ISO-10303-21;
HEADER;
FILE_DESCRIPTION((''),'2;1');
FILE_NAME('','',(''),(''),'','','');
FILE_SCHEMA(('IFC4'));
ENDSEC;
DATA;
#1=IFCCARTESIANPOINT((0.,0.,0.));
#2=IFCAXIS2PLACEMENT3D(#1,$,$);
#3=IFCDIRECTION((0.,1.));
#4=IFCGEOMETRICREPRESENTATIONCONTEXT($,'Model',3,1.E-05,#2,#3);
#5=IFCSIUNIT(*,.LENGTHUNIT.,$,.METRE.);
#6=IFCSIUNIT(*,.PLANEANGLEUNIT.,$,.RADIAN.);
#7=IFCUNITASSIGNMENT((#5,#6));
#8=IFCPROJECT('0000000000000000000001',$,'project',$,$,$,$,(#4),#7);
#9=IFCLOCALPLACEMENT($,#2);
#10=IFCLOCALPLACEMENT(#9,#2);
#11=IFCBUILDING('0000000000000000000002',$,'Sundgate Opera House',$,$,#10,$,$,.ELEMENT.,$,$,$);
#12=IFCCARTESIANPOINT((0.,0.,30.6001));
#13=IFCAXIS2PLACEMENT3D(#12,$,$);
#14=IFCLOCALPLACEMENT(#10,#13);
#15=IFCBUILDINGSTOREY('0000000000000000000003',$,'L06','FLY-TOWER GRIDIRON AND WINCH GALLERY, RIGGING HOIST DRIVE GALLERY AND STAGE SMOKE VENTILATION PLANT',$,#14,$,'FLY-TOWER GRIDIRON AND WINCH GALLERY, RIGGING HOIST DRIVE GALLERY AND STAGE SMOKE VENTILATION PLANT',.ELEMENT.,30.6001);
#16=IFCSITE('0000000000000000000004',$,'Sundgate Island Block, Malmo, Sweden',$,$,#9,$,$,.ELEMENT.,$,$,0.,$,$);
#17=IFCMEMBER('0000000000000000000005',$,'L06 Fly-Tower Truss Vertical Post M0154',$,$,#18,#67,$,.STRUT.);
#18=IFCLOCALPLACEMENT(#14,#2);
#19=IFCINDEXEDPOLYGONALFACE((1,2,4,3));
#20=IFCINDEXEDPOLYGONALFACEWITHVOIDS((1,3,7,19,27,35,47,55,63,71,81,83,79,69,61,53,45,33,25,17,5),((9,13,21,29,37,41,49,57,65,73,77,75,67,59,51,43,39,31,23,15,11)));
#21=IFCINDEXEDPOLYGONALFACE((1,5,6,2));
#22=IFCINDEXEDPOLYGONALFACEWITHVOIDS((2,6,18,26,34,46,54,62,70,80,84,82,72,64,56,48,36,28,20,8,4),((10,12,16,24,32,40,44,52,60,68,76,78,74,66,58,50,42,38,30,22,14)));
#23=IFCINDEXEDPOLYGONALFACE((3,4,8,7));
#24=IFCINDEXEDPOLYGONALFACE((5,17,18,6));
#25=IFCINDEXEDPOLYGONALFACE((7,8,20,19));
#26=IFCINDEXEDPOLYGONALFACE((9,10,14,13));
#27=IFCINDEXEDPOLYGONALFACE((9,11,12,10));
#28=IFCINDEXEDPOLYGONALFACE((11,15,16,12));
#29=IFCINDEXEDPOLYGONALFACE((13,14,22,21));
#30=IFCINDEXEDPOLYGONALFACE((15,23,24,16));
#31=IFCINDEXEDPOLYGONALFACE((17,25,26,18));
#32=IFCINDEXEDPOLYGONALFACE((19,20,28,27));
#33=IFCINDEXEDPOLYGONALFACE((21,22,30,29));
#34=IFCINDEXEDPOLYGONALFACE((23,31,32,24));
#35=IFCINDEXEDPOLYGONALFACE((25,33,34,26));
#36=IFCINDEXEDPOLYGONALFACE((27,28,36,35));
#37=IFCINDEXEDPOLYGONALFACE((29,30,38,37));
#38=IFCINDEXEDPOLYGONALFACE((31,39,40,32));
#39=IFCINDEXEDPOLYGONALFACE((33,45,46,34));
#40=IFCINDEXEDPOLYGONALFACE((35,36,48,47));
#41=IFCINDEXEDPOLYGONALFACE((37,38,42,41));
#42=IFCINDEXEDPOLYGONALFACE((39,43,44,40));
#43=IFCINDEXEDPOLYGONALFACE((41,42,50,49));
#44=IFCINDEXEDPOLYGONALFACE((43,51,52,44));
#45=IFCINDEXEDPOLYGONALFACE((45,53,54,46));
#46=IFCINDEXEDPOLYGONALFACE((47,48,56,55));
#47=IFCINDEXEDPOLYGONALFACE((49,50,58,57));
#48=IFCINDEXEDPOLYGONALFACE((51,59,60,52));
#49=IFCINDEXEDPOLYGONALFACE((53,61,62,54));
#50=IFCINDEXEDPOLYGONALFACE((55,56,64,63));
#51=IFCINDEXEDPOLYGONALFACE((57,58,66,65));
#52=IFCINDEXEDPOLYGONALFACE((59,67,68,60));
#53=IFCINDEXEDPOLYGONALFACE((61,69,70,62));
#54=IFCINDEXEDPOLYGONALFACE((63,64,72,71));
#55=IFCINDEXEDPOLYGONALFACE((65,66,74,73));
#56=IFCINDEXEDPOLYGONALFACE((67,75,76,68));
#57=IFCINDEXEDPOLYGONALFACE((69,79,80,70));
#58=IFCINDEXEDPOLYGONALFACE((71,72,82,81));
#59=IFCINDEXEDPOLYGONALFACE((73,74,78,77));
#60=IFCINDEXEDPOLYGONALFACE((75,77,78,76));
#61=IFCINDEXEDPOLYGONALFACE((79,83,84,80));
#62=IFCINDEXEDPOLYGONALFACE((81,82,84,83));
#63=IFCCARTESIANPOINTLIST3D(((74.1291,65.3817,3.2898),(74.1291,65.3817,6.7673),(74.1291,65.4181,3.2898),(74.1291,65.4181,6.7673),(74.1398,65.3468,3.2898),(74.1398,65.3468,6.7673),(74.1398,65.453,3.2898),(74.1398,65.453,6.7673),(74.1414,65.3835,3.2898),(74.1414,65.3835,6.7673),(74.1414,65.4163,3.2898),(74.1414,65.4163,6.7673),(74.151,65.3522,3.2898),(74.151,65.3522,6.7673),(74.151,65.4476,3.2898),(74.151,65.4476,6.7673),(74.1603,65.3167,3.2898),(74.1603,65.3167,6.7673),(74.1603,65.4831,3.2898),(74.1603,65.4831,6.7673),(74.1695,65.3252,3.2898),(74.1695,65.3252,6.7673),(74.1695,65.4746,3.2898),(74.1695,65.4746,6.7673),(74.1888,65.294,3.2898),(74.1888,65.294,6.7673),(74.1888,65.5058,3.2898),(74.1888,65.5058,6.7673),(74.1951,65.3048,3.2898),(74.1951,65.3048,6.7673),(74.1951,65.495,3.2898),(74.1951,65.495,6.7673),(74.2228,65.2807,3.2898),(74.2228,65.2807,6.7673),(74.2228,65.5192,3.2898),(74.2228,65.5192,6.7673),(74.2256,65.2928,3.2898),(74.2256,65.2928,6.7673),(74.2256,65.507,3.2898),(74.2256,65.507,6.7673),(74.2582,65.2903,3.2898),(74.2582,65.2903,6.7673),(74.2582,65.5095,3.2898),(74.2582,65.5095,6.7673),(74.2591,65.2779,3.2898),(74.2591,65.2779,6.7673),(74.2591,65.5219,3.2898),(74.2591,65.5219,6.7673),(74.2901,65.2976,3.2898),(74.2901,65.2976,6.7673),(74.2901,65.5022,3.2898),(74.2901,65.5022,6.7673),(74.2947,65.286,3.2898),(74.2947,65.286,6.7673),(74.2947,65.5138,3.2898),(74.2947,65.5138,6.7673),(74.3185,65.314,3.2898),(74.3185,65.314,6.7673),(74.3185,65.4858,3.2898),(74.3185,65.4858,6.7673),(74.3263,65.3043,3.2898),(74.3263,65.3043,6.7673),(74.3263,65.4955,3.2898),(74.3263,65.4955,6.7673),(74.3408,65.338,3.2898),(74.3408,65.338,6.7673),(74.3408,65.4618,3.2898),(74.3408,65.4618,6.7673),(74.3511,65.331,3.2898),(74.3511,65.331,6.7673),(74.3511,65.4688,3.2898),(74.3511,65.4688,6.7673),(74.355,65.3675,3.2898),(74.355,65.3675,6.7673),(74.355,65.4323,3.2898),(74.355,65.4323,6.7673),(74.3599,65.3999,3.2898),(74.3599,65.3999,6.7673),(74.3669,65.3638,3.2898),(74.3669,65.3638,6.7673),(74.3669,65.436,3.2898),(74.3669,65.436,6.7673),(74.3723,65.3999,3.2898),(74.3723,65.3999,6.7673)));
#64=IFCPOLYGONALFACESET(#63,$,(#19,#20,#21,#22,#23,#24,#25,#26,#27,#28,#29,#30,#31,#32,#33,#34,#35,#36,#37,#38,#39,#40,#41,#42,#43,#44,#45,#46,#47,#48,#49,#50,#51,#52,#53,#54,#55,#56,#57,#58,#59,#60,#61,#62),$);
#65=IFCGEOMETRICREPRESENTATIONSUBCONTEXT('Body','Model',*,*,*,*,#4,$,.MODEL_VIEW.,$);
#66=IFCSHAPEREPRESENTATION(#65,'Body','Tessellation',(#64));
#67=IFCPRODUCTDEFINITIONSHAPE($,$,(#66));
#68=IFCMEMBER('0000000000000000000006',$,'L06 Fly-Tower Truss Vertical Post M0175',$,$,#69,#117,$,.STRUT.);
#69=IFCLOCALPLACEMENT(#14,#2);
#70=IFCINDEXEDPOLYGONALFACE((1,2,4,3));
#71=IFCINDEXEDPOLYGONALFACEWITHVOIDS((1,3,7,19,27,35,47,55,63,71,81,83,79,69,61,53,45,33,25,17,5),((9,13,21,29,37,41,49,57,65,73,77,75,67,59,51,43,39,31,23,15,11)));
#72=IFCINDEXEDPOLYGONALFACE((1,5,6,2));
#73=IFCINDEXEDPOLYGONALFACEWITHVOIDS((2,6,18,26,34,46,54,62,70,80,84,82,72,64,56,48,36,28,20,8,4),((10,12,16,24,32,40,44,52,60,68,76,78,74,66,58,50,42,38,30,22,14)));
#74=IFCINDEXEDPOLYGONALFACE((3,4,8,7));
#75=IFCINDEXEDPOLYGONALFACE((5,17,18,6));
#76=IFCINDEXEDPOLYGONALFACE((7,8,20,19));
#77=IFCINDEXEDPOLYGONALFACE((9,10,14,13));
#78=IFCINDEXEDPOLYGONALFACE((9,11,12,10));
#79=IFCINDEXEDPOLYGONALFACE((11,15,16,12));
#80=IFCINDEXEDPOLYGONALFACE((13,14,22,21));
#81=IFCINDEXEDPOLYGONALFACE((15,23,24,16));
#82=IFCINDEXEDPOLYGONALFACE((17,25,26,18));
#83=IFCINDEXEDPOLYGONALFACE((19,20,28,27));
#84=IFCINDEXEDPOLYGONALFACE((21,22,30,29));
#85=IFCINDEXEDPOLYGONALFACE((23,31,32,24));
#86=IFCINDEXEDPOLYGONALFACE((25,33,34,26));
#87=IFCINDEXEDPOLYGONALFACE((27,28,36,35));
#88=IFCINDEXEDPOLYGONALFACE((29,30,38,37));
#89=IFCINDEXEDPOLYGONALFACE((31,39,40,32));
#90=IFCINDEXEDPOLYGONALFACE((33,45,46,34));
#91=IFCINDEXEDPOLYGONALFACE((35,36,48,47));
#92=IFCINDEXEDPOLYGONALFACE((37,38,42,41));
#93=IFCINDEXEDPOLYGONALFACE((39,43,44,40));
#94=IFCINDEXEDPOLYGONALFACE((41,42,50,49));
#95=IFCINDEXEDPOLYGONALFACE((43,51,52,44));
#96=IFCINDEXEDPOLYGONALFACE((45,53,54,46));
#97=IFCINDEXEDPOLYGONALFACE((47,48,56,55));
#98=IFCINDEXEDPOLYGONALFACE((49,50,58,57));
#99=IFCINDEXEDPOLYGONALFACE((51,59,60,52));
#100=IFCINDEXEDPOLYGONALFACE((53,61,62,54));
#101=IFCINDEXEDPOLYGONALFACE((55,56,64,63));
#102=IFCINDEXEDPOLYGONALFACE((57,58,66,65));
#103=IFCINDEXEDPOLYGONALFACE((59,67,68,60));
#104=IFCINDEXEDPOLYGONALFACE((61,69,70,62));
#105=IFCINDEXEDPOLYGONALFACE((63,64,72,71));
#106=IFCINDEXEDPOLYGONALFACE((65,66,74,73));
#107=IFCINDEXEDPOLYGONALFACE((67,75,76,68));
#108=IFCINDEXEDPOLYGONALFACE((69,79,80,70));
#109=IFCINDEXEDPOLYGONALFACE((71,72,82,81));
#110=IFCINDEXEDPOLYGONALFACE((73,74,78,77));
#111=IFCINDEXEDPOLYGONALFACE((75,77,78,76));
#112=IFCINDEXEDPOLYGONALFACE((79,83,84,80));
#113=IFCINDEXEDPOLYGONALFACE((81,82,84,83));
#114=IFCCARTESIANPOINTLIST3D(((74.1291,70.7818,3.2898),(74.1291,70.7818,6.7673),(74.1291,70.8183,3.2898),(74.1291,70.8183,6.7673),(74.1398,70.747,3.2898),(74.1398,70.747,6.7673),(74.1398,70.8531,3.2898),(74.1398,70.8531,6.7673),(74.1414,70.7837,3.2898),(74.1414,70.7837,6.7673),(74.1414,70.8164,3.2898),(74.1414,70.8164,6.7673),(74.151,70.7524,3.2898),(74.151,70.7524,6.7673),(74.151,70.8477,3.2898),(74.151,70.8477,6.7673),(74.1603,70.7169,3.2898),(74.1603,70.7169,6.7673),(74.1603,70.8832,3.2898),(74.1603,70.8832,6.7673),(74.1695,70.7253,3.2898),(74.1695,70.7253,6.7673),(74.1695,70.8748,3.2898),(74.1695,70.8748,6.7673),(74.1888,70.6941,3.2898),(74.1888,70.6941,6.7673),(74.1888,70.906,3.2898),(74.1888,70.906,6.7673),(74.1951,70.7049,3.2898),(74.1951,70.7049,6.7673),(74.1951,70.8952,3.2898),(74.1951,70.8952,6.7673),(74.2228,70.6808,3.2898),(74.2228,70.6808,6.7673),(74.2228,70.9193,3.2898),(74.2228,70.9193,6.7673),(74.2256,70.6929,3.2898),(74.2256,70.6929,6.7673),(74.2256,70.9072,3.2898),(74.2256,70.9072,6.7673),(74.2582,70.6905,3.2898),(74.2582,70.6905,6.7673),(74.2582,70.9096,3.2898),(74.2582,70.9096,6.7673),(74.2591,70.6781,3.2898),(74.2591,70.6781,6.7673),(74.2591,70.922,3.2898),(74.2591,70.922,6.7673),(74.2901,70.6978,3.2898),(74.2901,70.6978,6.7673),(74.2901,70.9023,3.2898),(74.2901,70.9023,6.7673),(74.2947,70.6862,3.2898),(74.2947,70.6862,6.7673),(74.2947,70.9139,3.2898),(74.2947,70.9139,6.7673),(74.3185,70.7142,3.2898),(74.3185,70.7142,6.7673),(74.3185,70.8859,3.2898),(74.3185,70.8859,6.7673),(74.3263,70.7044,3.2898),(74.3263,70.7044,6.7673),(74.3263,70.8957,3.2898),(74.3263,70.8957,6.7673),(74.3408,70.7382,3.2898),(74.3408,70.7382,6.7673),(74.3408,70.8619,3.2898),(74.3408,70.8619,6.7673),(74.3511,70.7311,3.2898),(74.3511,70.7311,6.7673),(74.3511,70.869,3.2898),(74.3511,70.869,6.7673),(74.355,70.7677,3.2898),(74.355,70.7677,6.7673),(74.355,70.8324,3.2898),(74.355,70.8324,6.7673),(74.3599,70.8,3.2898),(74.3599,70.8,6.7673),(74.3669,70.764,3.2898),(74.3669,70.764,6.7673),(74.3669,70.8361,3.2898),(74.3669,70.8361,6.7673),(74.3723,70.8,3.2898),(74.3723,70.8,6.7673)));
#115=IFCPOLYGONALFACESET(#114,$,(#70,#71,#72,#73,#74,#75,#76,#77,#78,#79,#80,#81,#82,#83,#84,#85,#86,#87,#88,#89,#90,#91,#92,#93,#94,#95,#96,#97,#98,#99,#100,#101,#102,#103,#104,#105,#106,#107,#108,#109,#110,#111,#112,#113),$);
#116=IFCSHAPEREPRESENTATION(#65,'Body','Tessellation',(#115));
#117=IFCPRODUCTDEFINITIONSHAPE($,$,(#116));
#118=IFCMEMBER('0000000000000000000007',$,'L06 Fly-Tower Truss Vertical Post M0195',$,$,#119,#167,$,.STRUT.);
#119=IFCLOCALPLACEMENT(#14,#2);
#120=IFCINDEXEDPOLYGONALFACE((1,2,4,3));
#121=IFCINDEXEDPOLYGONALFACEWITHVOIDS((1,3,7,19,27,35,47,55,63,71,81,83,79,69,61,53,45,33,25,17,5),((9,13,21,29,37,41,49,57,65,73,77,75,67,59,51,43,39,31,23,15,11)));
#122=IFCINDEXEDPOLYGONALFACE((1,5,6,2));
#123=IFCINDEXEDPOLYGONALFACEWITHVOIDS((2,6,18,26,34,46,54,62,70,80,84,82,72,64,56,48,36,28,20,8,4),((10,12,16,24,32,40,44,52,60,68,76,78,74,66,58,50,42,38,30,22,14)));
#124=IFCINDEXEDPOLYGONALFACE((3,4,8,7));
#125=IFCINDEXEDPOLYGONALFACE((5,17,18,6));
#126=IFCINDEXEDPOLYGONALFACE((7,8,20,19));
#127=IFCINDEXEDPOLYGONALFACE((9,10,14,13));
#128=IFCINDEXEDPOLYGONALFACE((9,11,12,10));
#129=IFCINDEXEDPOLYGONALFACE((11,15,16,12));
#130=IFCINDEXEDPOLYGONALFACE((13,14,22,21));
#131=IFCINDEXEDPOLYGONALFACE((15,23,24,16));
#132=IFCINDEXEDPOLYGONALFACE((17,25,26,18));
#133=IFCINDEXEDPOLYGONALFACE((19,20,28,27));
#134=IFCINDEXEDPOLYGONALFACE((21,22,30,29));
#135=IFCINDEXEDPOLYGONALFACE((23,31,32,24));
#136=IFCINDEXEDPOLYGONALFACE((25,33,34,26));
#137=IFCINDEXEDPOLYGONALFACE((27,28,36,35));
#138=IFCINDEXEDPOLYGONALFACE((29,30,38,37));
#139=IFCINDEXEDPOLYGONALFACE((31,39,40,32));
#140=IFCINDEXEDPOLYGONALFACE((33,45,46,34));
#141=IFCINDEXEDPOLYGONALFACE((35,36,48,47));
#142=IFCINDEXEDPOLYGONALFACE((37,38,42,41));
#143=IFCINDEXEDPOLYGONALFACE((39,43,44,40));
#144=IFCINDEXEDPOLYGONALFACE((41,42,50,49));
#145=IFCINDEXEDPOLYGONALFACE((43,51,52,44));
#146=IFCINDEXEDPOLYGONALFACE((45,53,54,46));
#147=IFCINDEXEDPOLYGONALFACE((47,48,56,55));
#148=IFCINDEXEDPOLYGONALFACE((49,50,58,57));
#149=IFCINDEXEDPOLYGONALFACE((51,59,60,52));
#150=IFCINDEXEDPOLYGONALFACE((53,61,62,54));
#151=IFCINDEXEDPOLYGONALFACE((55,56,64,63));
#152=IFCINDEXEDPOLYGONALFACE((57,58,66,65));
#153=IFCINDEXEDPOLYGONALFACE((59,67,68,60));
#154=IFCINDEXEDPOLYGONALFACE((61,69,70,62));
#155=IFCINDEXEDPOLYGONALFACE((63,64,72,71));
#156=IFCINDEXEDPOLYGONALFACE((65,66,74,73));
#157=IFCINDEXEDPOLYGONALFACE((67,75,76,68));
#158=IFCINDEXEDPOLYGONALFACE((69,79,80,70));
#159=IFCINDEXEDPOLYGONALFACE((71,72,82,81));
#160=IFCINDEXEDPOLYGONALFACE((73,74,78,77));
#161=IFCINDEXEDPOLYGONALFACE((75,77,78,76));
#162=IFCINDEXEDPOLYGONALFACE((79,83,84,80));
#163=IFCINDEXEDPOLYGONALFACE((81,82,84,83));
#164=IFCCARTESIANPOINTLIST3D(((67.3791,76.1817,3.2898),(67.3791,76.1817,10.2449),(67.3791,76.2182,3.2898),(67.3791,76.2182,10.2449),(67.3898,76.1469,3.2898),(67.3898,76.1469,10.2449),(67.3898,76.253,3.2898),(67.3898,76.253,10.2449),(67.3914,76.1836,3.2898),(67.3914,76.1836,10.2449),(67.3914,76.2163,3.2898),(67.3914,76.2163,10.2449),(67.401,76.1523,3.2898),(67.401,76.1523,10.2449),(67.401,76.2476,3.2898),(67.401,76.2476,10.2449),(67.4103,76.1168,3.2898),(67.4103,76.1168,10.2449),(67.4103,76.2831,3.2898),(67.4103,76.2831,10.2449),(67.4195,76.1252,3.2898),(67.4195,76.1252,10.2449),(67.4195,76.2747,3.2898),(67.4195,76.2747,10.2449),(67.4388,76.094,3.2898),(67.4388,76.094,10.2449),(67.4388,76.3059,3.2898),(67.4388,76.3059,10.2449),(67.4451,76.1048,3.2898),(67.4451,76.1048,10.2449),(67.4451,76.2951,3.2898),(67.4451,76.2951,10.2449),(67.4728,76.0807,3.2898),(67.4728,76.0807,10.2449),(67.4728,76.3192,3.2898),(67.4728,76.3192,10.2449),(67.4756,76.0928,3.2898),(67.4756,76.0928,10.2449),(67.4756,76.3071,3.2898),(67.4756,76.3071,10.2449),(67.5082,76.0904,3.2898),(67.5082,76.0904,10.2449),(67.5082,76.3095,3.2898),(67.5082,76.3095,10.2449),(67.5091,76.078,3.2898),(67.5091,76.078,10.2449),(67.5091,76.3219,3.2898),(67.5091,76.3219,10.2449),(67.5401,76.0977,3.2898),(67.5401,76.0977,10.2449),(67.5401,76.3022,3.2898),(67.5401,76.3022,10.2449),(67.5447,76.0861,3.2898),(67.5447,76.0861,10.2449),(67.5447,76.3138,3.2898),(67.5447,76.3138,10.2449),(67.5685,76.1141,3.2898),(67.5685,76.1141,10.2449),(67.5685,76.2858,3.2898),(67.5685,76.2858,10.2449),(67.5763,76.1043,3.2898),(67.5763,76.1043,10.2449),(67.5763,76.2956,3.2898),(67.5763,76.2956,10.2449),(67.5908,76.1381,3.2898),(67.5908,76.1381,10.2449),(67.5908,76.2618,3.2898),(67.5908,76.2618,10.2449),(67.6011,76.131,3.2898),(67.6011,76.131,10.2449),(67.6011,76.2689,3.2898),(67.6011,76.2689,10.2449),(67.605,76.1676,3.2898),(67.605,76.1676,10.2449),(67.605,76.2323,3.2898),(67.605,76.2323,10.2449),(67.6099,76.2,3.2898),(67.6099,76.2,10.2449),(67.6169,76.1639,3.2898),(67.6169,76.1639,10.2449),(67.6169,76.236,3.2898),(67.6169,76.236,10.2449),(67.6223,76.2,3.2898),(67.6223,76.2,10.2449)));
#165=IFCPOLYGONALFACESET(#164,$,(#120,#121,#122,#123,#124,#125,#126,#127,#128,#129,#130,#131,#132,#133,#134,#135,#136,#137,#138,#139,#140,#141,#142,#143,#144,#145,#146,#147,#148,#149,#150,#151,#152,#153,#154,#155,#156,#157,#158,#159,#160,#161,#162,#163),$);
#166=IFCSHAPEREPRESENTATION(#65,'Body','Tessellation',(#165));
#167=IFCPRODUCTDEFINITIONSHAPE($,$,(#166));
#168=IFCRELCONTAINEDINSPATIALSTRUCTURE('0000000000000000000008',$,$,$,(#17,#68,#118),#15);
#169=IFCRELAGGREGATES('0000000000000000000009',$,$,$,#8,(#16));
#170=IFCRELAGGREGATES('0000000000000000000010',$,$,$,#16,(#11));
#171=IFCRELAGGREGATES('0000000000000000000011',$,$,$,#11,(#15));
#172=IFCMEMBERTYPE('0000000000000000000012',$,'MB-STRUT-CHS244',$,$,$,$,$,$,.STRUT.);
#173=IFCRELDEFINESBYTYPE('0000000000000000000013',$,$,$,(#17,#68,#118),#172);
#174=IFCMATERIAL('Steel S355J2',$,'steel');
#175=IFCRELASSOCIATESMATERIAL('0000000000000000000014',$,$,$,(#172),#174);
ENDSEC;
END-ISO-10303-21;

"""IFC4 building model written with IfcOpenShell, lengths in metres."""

from ifc_helpers import new_model, si_unit, direction, frame, origin, origin_2d, place, context, subcontext, project, spatial, hollow_circle, extrude, material, material_profile, profile_set, type_object, element, save


model = new_model("IFC4")

# Units and contexts
model_context = context("Model", 3, precision=1e-05, world=origin(), true_north=direction((0.0, 1.0)))
body_context = subcontext(model_context, "Body", "Model", "MODEL_VIEW")
ifc_project = project(units=[si_unit("LENGTHUNIT", "METRE"), si_unit("PLANEANGLEUNIT", "RADIAN")], contexts=[model_context])

# Site, building, storey
site_placement = place(None, origin())
site = spatial("IfcSite", under=ifc_project, at=site_placement, Name="Sundgate Island Block, Malmo, Sweden", CompositionType="ELEMENT", RefElevation=0.0)
building_placement = place(site_placement, origin())
building = spatial("IfcBuilding", under=site, at=building_placement, Name="Sundgate Opera House", CompositionType="ELEMENT")
storey_placement = place(building_placement, frame((0.0, 0.0, 30.6001)))
storey = spatial("IfcBuildingStorey", under=building, at=storey_placement, Name="L06", Description="FLY-TOWER GRIDIRON AND WINCH GALLERY, RIGGING HOIST DRIVE GALLERY AND STAGE SMOKE VENTILATION PLANT", LongName="FLY-TOWER GRIDIRON AND WINCH GALLERY, RIGGING HOIST DRIVE GALLERY AND STAGE SMOKE VENTILATION PLANT", CompositionType="ELEMENT", Elevation=30.6001)

# Members
ifc_material_1 = material(Name="Steel S355J2", Category="steel")
ifc_material_profile_1 = material_profile(ifc_material_1, hollow_circle(Radius=0.1223, WallThickness=0.0125, at=origin_2d()), Name="CHS 244.5x12.5")
ifc_profile_set_1 = profile_set([ifc_material_profile_1], Name="Steel S355J2")
member_type_1 = type_object("IfcMemberType", Name="MB-STRUT-CHS244", PredefinedType="STRUT", material=ifc_profile_set_1)
for number, where, z_axis, x_axis, name in (
    (1, (74.25, 65.3999, 3.2898), (0.0, 0.0, 1.0), (1.0, 0.0, 0.0), "L06 Fly-Tower Truss Vertical Post M0154"),
    (2, (74.25, 70.8, 3.2898), (0.0, 0.0, 1.0), (1.0, 0.0, 0.0), "L06 Fly-Tower Truss Vertical Post M0175"),
):
    element("IfcMember", number, at=place(storey_placement, frame(where, z_axis=z_axis, x_axis=x_axis)), inside=storey, type_object=member_type_1, Name=name, PredefinedType="STRUT", context=body_context, shape_type="SweptSolid", body=[
        extrude(hollow_circle(Radius=0.1223, WallThickness=0.0125, at=origin_2d()), origin(), (0.0, 0.0, 1.0), 3.4775),
    ])
member_1_placement = place(storey_placement, frame((67.5, 76.2, 3.2898), z_axis=(0.0, 0.0, 1.0), x_axis=(1.0, 0.0, 0.0)))
element("IfcMember", 3, at=member_1_placement, inside=storey, type_object=member_type_1, Name="L06 Fly-Tower Truss Vertical Post M0195", PredefinedType="STRUT", context=body_context, shape_type="SweptSolid", body=[
    extrude(hollow_circle(Radius=0.1223, WallThickness=0.0125, at=origin_2d()), origin(), (0.0, 0.0, 1.0), 6.9551),
])

save(model, "model.ifc")
